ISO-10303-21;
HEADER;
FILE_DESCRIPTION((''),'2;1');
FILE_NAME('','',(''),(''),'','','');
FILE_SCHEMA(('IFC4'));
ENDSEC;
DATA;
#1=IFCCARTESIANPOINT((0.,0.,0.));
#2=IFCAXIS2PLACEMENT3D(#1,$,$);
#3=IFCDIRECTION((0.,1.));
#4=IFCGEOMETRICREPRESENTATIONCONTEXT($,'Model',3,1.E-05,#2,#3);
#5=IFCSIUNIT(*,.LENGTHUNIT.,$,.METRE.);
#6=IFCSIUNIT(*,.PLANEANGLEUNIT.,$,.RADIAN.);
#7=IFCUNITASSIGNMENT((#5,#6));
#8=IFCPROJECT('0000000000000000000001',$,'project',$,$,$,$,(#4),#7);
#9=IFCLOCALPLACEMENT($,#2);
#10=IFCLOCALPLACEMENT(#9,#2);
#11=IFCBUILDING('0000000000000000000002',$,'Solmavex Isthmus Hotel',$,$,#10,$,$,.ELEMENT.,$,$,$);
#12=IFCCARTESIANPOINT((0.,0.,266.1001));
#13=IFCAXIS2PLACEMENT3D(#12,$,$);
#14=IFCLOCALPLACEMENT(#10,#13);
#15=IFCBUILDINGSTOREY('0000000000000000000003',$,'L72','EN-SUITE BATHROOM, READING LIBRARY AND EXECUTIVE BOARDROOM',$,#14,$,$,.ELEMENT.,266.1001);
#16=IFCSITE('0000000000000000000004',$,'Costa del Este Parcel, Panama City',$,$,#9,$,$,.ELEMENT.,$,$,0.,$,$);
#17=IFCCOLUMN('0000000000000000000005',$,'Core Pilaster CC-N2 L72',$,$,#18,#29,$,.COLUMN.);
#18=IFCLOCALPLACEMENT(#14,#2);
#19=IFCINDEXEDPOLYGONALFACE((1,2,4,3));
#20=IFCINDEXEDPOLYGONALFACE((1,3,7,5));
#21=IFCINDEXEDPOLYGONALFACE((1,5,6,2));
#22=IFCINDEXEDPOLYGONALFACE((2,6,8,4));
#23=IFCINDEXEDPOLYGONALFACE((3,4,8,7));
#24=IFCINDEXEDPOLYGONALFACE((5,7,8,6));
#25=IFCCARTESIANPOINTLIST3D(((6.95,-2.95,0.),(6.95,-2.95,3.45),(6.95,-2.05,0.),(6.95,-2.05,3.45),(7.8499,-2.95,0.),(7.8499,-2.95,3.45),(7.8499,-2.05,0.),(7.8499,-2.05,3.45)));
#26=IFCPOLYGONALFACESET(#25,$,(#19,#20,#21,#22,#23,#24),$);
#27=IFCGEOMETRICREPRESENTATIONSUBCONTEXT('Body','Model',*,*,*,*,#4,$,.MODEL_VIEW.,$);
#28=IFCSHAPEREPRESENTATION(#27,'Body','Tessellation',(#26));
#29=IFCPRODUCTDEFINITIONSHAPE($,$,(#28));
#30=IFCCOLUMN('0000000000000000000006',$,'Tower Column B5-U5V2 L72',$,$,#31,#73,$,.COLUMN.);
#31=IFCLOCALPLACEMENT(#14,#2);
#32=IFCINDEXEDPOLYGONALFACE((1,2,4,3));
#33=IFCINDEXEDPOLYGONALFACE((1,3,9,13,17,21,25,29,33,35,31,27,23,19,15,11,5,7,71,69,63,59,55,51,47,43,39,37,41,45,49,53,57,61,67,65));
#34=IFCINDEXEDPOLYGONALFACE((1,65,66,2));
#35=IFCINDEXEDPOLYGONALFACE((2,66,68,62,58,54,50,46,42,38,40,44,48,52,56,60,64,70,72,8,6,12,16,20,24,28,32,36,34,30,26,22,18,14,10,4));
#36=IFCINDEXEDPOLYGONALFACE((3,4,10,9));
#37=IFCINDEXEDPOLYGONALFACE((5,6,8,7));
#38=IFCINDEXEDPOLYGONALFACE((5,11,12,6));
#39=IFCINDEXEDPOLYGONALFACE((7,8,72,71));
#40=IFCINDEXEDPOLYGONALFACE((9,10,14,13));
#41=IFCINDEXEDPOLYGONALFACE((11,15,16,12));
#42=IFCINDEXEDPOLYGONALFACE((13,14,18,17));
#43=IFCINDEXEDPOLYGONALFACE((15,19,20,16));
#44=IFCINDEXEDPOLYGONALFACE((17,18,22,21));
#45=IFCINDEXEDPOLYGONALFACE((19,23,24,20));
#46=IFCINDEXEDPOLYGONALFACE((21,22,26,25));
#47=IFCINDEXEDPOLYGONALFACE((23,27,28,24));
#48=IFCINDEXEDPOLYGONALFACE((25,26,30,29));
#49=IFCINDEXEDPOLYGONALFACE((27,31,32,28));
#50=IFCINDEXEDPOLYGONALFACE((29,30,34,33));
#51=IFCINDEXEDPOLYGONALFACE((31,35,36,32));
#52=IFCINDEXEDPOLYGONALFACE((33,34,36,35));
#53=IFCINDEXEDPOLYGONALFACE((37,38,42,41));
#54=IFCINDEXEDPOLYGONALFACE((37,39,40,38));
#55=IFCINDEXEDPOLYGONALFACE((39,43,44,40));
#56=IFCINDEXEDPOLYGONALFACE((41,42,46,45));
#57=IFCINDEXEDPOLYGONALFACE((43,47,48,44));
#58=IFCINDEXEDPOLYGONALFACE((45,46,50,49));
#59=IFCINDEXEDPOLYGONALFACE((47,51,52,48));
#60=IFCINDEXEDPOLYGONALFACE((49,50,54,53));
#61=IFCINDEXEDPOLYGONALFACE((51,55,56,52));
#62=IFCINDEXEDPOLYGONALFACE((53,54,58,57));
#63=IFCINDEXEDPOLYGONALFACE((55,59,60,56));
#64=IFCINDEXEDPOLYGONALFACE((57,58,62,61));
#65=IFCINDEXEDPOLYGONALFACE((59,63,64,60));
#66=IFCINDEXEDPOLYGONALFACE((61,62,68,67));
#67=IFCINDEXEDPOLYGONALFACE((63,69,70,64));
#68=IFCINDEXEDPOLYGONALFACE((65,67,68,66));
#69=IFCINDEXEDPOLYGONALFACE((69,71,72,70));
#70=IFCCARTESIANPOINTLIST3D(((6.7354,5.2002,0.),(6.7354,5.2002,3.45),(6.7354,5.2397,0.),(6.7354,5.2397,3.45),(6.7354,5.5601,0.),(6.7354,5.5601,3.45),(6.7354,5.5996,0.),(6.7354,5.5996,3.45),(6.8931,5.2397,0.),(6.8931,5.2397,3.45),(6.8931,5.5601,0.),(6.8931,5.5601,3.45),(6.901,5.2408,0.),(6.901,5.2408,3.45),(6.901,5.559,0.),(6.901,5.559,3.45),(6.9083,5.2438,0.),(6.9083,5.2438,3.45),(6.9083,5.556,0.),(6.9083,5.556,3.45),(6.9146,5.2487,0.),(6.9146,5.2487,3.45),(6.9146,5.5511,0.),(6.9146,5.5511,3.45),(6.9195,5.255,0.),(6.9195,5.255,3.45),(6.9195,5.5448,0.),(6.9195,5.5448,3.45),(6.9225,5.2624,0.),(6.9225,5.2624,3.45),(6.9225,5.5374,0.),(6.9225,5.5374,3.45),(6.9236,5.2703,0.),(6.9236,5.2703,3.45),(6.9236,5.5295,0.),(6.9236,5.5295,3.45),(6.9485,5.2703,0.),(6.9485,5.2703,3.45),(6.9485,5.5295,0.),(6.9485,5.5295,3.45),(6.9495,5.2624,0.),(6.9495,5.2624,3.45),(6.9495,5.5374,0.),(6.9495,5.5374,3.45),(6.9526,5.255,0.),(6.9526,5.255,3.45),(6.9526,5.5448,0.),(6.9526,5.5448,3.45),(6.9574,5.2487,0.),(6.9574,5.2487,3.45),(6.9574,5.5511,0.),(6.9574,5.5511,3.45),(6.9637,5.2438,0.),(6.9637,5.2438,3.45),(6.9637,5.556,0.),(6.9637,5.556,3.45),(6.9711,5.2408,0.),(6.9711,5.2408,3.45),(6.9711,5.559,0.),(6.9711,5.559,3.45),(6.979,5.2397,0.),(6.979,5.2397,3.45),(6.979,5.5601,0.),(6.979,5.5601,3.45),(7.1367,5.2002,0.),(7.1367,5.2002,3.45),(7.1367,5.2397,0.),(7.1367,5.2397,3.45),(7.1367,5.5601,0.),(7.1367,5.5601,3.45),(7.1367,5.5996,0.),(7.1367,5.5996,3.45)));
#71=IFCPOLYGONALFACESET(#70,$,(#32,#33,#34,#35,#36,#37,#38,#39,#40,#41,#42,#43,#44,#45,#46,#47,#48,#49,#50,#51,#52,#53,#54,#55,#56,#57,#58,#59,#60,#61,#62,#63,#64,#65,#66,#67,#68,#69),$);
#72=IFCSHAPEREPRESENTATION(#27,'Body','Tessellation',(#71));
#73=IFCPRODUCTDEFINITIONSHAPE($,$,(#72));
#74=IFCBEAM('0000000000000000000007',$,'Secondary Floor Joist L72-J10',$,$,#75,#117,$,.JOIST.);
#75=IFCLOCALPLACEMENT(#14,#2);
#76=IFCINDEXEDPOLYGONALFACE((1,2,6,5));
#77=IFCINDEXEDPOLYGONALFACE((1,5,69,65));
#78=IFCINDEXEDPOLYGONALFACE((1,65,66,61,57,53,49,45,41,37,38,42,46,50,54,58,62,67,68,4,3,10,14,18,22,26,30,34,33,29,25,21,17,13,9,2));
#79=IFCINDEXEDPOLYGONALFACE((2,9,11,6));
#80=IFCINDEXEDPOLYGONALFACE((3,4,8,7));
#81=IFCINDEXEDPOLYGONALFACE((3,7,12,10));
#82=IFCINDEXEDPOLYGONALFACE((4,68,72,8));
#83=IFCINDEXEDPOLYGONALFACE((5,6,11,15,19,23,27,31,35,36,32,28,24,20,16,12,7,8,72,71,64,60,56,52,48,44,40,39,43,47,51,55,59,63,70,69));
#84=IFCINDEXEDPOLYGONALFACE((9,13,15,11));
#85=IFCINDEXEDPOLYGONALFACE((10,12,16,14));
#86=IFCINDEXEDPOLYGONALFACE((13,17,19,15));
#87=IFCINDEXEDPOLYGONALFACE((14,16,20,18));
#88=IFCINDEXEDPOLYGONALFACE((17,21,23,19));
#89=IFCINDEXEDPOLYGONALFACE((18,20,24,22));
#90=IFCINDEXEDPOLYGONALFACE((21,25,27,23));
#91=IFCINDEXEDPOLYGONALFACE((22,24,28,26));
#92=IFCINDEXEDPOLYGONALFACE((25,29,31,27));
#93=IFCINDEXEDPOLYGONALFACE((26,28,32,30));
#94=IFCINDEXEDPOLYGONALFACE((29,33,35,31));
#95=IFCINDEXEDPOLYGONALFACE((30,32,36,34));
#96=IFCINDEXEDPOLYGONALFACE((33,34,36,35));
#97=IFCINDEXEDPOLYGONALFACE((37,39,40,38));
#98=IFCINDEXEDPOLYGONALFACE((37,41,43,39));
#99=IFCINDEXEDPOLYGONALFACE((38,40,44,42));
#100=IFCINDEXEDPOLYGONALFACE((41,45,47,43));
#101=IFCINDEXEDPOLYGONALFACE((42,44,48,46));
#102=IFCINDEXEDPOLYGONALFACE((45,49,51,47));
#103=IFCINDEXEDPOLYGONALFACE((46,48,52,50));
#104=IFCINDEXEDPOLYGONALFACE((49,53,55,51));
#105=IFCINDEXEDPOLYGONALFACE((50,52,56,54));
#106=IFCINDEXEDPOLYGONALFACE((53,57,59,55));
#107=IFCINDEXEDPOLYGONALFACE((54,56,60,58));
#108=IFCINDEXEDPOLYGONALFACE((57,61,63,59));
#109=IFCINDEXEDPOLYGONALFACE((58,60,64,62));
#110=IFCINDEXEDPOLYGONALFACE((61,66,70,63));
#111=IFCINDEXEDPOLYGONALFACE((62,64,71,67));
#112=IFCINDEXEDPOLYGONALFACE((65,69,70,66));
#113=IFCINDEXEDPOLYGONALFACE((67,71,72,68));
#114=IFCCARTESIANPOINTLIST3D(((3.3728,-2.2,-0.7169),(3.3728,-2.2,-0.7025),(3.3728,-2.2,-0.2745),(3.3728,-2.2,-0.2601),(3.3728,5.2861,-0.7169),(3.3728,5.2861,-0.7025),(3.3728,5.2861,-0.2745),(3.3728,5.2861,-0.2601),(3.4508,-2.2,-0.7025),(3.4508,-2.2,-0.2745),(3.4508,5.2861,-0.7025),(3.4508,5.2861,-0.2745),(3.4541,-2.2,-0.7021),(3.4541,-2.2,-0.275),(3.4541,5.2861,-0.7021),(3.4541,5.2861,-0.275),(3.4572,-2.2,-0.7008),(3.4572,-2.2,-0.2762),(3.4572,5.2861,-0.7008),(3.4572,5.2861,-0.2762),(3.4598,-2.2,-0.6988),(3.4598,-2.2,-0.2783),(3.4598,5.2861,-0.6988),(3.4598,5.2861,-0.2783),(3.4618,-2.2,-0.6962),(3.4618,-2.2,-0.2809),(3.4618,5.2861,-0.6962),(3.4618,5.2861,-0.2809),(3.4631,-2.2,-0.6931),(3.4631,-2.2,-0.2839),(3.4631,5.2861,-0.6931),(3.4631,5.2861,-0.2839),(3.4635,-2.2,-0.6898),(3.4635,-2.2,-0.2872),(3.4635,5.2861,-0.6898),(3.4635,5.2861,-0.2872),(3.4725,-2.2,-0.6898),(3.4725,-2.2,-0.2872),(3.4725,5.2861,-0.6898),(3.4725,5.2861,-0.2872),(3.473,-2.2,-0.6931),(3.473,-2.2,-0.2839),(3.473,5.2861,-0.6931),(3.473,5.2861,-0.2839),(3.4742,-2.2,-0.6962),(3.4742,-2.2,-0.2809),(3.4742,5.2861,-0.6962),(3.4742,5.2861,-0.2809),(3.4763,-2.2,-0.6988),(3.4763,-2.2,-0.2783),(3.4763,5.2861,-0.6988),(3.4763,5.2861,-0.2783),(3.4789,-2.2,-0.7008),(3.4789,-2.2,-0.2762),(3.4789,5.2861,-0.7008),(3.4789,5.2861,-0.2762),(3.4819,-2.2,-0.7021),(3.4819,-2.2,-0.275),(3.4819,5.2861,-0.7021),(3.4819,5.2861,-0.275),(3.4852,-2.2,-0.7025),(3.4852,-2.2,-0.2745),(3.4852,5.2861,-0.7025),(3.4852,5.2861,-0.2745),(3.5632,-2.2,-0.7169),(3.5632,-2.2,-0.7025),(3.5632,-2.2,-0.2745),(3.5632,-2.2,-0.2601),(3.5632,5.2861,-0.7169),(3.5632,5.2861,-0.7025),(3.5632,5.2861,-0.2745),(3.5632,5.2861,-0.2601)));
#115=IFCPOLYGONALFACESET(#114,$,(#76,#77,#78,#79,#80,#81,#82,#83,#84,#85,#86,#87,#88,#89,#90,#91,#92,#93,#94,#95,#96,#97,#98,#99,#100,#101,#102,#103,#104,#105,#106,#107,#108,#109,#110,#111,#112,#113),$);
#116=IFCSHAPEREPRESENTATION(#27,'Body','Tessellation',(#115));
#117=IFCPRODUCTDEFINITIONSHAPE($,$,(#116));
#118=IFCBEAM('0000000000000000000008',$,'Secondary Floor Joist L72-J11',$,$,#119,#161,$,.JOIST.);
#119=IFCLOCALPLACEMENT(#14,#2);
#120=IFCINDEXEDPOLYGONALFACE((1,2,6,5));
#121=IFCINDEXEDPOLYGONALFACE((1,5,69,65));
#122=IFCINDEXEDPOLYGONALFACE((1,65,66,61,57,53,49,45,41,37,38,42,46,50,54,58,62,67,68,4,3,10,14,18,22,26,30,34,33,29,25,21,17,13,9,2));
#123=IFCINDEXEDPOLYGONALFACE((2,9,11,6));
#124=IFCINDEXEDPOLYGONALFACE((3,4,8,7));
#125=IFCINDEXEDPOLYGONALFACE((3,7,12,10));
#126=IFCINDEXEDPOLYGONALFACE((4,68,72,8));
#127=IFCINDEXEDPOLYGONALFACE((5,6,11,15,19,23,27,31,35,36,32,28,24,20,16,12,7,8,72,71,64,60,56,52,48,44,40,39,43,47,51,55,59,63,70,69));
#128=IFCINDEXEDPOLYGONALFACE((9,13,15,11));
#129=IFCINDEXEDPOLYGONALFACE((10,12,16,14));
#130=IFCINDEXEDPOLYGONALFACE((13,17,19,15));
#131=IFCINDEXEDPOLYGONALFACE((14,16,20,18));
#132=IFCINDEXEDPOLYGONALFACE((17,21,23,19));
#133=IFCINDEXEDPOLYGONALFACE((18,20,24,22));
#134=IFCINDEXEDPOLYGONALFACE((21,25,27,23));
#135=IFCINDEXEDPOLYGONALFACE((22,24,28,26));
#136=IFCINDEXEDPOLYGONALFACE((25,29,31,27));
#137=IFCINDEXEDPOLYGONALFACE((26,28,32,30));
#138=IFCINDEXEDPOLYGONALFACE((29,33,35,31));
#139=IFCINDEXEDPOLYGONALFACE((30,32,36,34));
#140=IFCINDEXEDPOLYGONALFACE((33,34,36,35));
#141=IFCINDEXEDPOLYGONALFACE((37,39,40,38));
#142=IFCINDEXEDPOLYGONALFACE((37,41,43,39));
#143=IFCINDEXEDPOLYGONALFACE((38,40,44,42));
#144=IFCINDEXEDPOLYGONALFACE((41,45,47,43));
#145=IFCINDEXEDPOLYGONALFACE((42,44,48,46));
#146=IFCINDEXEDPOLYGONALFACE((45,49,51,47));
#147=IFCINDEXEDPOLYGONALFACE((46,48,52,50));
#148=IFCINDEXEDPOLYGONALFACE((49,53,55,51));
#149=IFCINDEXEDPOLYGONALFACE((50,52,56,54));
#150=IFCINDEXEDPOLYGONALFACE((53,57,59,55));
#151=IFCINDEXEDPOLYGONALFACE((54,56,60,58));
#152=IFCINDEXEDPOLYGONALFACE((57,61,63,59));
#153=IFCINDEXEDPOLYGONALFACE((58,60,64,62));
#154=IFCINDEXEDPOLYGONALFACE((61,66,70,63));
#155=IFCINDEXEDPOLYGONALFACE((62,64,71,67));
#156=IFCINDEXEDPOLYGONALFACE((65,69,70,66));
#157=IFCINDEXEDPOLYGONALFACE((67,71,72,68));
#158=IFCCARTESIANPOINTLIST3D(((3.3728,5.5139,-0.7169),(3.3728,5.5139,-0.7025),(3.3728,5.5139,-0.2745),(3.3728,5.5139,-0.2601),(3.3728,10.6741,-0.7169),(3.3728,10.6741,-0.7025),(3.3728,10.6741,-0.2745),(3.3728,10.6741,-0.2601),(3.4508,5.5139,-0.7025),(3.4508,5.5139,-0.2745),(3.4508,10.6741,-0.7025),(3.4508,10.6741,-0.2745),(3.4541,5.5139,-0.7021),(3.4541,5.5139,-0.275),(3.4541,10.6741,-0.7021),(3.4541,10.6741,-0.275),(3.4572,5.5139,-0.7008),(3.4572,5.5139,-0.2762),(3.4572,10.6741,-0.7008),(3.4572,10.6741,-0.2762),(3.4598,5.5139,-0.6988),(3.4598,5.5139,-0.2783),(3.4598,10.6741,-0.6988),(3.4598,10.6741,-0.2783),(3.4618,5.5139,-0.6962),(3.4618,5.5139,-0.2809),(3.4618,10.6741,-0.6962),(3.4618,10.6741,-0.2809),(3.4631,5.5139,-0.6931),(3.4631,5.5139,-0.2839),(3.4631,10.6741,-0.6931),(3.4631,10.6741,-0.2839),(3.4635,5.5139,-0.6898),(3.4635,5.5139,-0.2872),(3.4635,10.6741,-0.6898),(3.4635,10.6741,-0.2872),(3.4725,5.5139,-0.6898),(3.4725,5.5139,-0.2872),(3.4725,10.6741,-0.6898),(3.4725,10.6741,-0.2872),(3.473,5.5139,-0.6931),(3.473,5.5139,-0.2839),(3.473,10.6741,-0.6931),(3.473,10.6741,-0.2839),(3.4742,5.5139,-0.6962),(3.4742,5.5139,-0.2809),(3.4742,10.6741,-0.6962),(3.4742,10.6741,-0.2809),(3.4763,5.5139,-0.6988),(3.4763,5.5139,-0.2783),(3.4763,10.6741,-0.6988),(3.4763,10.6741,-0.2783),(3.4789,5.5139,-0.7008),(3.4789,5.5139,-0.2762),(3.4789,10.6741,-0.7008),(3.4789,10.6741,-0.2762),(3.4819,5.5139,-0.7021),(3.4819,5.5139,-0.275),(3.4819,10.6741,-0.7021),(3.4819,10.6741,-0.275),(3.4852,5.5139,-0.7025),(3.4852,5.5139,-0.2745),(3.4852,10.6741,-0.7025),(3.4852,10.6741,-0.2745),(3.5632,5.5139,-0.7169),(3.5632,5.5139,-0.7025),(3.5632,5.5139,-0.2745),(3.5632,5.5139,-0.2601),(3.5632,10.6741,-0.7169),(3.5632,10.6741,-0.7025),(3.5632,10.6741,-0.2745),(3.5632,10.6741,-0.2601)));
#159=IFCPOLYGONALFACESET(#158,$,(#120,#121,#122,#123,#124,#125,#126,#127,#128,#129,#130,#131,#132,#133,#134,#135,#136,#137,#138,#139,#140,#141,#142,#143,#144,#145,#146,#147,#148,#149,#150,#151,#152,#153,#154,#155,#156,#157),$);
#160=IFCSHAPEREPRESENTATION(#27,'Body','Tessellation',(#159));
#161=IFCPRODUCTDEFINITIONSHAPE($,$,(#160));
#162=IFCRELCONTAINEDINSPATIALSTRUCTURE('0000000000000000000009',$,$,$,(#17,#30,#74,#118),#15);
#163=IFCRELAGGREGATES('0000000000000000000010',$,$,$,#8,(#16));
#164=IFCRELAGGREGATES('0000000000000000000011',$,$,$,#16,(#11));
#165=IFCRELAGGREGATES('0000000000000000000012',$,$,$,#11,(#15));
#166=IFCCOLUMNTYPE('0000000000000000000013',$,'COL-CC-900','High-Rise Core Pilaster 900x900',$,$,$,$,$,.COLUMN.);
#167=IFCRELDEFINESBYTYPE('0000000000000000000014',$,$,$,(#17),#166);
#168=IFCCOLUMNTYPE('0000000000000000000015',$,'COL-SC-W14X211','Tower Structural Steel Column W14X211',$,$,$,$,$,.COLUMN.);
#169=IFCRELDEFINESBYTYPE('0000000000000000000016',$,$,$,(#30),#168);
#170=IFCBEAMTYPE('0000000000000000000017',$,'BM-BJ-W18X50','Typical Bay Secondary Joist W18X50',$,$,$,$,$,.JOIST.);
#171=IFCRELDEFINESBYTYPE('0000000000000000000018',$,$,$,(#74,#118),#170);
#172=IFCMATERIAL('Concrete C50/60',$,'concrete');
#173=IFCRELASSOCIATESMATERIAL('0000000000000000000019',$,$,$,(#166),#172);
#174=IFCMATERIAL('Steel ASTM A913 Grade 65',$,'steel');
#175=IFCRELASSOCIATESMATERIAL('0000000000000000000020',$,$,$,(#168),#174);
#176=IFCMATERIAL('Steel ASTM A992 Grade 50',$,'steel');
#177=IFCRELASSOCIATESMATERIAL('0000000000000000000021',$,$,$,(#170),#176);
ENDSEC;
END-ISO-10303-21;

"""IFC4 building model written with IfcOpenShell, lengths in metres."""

from ifc_helpers import new_model, si_unit, direction, frame, origin, origin_2d, place, context, subcontext, project, spatial, rectangle, i_section, extrude, material, material_profile, profile_set, type_object, element, save


model = new_model("IFC4")

# Units and contexts
model_context = context("Model", 3, precision=1e-05, world=origin(), true_north=direction((0.0, 1.0)))
body_context = subcontext(model_context, "Body", "Model", "MODEL_VIEW")
ifc_project = project(units=[si_unit("LENGTHUNIT", "METRE"), si_unit("PLANEANGLEUNIT", "RADIAN")], contexts=[model_context])

# Site, building, storey
site_placement = place(None, origin())
site = spatial("IfcSite", under=ifc_project, at=site_placement, Name="Costa del Este Parcel, Panama City", CompositionType="ELEMENT", RefElevation=0.0)
building_placement = place(site_placement, origin())
building = spatial("IfcBuilding", under=site, at=building_placement, Name="Solmavex Isthmus Hotel", CompositionType="ELEMENT")
storey_placement = place(building_placement, frame((0.0, 0.0, 266.1001)))
storey = spatial("IfcBuildingStorey", under=building, at=storey_placement, Name="L72", Description="EN-SUITE BATHROOM, READING LIBRARY AND EXECUTIVE BOARDROOM", CompositionType="ELEMENT", Elevation=266.1001)

# Columns
ifc_material_1 = material(Name="Concrete C50/60", Category="concrete")
ifc_material_profile_1 = material_profile(ifc_material_1, rectangle(XDim=0.8999, YDim=0.8999, at=origin_2d()), Name="RC900X900")
ifc_profile_set_1 = profile_set([ifc_material_profile_1], Name="Concrete C50/60")
column_type_1 = type_object("IfcColumnType", Name="COL-CC-900", Description="High-Rise Core Pilaster 900x900", PredefinedType="COLUMN", material=ifc_profile_set_1)
column_1_placement = place(storey_placement, frame((7.3999, -2.5, 0.0), z_axis=(0.0, 0.0, 1.0), x_axis=(1.0, 0.0, 0.0)))
element("IfcColumn", 1, at=column_1_placement, inside=storey, type_object=column_type_1, Name="Core Pilaster CC-N2 L72", PredefinedType="COLUMN", context=body_context, shape_type="SweptSolid", body=[
    extrude(rectangle(XDim=0.8999, YDim=0.8999, at=origin_2d()), origin(), (0.0, 0.0, 1.0), 3.45),
])
ifc_material_2 = material(Name="Steel ASTM A913 Grade 65", Category="steel")
ifc_material_profile_2 = material_profile(ifc_material_2, i_section(OverallWidth=0.4014, OverallDepth=0.3994, WebThickness=0.0249, FlangeThickness=0.0396, FilletRadius=0.0305, at=origin_2d()), Name="W14X211")
ifc_profile_set_2 = profile_set([ifc_material_profile_2], Name="Steel ASTM A913 Grade 65")
column_type_2 = type_object("IfcColumnType", Name="COL-SC-W14X211", Description="Tower Structural Steel Column W14X211", PredefinedType="COLUMN", material=ifc_profile_set_2)
column_2_placement = place(storey_placement, frame((6.936, 5.3999, 0.0), z_axis=(0.0, 0.0, 1.0), x_axis=(1.0, 0.0, 0.0)))
element("IfcColumn", 2, at=column_2_placement, inside=storey, type_object=column_type_2, Name="Tower Column B5-U5V2 L72", PredefinedType="COLUMN", context=body_context, shape_type="SweptSolid", body=[
    extrude(i_section(OverallWidth=0.4014, OverallDepth=0.3994, WebThickness=0.0249, FlangeThickness=0.0396, FilletRadius=0.0305, at=origin_2d()), origin(), (0.0, 0.0, 1.0), 3.45),
])

# Beams
ifc_material_3 = material(Name="Steel ASTM A992 Grade 50", Category="steel")
ifc_material_profile_3 = material_profile(ifc_material_3, i_section(OverallWidth=0.1904, OverallDepth=0.4568, WebThickness=0.009, FlangeThickness=0.0144, FilletRadius=0.0127, at=origin_2d()), Name="W18X50")
ifc_profile_set_3 = profile_set([ifc_material_profile_3], Name="Steel ASTM A992 Grade 50")
beam_type_1 = type_object("IfcBeamType", Name="BM-BJ-W18X50", Description="Typical Bay Secondary Joist W18X50", PredefinedType="JOIST", material=ifc_profile_set_3)
beam_1_placement = place(storey_placement, frame((3.468, -2.2, -0.4885), z_axis=(0.0, 1.0, 0.0), x_axis=(-1.0, 0.0, 0.0)))
element("IfcBeam", 3, at=beam_1_placement, inside=storey, type_object=beam_type_1, Name="Secondary Floor Joist L72-J10", PredefinedType="JOIST", context=body_context, shape_type="SweptSolid", body=[
    extrude(i_section(OverallWidth=0.1904, OverallDepth=0.4568, WebThickness=0.009, FlangeThickness=0.0144, FilletRadius=0.0127, at=origin_2d()), origin(), (0.0, 0.0, 1.0), 7.4861),
])
beam_2_placement = place(storey_placement, frame((3.468, 5.5139, -0.4885), z_axis=(0.0, 1.0, 0.0), x_axis=(-1.0, 0.0, 0.0)))
element("IfcBeam", 4, at=beam_2_placement, inside=storey, type_object=beam_type_1, Name="Secondary Floor Joist L72-J11", PredefinedType="JOIST", context=body_context, shape_type="SweptSolid", body=[
    extrude(i_section(OverallWidth=0.1904, OverallDepth=0.4568, WebThickness=0.009, FlangeThickness=0.0144, FilletRadius=0.0127, at=origin_2d()), origin(), (0.0, 0.0, 1.0), 5.1602),
])

save(model, "model.ifc")
